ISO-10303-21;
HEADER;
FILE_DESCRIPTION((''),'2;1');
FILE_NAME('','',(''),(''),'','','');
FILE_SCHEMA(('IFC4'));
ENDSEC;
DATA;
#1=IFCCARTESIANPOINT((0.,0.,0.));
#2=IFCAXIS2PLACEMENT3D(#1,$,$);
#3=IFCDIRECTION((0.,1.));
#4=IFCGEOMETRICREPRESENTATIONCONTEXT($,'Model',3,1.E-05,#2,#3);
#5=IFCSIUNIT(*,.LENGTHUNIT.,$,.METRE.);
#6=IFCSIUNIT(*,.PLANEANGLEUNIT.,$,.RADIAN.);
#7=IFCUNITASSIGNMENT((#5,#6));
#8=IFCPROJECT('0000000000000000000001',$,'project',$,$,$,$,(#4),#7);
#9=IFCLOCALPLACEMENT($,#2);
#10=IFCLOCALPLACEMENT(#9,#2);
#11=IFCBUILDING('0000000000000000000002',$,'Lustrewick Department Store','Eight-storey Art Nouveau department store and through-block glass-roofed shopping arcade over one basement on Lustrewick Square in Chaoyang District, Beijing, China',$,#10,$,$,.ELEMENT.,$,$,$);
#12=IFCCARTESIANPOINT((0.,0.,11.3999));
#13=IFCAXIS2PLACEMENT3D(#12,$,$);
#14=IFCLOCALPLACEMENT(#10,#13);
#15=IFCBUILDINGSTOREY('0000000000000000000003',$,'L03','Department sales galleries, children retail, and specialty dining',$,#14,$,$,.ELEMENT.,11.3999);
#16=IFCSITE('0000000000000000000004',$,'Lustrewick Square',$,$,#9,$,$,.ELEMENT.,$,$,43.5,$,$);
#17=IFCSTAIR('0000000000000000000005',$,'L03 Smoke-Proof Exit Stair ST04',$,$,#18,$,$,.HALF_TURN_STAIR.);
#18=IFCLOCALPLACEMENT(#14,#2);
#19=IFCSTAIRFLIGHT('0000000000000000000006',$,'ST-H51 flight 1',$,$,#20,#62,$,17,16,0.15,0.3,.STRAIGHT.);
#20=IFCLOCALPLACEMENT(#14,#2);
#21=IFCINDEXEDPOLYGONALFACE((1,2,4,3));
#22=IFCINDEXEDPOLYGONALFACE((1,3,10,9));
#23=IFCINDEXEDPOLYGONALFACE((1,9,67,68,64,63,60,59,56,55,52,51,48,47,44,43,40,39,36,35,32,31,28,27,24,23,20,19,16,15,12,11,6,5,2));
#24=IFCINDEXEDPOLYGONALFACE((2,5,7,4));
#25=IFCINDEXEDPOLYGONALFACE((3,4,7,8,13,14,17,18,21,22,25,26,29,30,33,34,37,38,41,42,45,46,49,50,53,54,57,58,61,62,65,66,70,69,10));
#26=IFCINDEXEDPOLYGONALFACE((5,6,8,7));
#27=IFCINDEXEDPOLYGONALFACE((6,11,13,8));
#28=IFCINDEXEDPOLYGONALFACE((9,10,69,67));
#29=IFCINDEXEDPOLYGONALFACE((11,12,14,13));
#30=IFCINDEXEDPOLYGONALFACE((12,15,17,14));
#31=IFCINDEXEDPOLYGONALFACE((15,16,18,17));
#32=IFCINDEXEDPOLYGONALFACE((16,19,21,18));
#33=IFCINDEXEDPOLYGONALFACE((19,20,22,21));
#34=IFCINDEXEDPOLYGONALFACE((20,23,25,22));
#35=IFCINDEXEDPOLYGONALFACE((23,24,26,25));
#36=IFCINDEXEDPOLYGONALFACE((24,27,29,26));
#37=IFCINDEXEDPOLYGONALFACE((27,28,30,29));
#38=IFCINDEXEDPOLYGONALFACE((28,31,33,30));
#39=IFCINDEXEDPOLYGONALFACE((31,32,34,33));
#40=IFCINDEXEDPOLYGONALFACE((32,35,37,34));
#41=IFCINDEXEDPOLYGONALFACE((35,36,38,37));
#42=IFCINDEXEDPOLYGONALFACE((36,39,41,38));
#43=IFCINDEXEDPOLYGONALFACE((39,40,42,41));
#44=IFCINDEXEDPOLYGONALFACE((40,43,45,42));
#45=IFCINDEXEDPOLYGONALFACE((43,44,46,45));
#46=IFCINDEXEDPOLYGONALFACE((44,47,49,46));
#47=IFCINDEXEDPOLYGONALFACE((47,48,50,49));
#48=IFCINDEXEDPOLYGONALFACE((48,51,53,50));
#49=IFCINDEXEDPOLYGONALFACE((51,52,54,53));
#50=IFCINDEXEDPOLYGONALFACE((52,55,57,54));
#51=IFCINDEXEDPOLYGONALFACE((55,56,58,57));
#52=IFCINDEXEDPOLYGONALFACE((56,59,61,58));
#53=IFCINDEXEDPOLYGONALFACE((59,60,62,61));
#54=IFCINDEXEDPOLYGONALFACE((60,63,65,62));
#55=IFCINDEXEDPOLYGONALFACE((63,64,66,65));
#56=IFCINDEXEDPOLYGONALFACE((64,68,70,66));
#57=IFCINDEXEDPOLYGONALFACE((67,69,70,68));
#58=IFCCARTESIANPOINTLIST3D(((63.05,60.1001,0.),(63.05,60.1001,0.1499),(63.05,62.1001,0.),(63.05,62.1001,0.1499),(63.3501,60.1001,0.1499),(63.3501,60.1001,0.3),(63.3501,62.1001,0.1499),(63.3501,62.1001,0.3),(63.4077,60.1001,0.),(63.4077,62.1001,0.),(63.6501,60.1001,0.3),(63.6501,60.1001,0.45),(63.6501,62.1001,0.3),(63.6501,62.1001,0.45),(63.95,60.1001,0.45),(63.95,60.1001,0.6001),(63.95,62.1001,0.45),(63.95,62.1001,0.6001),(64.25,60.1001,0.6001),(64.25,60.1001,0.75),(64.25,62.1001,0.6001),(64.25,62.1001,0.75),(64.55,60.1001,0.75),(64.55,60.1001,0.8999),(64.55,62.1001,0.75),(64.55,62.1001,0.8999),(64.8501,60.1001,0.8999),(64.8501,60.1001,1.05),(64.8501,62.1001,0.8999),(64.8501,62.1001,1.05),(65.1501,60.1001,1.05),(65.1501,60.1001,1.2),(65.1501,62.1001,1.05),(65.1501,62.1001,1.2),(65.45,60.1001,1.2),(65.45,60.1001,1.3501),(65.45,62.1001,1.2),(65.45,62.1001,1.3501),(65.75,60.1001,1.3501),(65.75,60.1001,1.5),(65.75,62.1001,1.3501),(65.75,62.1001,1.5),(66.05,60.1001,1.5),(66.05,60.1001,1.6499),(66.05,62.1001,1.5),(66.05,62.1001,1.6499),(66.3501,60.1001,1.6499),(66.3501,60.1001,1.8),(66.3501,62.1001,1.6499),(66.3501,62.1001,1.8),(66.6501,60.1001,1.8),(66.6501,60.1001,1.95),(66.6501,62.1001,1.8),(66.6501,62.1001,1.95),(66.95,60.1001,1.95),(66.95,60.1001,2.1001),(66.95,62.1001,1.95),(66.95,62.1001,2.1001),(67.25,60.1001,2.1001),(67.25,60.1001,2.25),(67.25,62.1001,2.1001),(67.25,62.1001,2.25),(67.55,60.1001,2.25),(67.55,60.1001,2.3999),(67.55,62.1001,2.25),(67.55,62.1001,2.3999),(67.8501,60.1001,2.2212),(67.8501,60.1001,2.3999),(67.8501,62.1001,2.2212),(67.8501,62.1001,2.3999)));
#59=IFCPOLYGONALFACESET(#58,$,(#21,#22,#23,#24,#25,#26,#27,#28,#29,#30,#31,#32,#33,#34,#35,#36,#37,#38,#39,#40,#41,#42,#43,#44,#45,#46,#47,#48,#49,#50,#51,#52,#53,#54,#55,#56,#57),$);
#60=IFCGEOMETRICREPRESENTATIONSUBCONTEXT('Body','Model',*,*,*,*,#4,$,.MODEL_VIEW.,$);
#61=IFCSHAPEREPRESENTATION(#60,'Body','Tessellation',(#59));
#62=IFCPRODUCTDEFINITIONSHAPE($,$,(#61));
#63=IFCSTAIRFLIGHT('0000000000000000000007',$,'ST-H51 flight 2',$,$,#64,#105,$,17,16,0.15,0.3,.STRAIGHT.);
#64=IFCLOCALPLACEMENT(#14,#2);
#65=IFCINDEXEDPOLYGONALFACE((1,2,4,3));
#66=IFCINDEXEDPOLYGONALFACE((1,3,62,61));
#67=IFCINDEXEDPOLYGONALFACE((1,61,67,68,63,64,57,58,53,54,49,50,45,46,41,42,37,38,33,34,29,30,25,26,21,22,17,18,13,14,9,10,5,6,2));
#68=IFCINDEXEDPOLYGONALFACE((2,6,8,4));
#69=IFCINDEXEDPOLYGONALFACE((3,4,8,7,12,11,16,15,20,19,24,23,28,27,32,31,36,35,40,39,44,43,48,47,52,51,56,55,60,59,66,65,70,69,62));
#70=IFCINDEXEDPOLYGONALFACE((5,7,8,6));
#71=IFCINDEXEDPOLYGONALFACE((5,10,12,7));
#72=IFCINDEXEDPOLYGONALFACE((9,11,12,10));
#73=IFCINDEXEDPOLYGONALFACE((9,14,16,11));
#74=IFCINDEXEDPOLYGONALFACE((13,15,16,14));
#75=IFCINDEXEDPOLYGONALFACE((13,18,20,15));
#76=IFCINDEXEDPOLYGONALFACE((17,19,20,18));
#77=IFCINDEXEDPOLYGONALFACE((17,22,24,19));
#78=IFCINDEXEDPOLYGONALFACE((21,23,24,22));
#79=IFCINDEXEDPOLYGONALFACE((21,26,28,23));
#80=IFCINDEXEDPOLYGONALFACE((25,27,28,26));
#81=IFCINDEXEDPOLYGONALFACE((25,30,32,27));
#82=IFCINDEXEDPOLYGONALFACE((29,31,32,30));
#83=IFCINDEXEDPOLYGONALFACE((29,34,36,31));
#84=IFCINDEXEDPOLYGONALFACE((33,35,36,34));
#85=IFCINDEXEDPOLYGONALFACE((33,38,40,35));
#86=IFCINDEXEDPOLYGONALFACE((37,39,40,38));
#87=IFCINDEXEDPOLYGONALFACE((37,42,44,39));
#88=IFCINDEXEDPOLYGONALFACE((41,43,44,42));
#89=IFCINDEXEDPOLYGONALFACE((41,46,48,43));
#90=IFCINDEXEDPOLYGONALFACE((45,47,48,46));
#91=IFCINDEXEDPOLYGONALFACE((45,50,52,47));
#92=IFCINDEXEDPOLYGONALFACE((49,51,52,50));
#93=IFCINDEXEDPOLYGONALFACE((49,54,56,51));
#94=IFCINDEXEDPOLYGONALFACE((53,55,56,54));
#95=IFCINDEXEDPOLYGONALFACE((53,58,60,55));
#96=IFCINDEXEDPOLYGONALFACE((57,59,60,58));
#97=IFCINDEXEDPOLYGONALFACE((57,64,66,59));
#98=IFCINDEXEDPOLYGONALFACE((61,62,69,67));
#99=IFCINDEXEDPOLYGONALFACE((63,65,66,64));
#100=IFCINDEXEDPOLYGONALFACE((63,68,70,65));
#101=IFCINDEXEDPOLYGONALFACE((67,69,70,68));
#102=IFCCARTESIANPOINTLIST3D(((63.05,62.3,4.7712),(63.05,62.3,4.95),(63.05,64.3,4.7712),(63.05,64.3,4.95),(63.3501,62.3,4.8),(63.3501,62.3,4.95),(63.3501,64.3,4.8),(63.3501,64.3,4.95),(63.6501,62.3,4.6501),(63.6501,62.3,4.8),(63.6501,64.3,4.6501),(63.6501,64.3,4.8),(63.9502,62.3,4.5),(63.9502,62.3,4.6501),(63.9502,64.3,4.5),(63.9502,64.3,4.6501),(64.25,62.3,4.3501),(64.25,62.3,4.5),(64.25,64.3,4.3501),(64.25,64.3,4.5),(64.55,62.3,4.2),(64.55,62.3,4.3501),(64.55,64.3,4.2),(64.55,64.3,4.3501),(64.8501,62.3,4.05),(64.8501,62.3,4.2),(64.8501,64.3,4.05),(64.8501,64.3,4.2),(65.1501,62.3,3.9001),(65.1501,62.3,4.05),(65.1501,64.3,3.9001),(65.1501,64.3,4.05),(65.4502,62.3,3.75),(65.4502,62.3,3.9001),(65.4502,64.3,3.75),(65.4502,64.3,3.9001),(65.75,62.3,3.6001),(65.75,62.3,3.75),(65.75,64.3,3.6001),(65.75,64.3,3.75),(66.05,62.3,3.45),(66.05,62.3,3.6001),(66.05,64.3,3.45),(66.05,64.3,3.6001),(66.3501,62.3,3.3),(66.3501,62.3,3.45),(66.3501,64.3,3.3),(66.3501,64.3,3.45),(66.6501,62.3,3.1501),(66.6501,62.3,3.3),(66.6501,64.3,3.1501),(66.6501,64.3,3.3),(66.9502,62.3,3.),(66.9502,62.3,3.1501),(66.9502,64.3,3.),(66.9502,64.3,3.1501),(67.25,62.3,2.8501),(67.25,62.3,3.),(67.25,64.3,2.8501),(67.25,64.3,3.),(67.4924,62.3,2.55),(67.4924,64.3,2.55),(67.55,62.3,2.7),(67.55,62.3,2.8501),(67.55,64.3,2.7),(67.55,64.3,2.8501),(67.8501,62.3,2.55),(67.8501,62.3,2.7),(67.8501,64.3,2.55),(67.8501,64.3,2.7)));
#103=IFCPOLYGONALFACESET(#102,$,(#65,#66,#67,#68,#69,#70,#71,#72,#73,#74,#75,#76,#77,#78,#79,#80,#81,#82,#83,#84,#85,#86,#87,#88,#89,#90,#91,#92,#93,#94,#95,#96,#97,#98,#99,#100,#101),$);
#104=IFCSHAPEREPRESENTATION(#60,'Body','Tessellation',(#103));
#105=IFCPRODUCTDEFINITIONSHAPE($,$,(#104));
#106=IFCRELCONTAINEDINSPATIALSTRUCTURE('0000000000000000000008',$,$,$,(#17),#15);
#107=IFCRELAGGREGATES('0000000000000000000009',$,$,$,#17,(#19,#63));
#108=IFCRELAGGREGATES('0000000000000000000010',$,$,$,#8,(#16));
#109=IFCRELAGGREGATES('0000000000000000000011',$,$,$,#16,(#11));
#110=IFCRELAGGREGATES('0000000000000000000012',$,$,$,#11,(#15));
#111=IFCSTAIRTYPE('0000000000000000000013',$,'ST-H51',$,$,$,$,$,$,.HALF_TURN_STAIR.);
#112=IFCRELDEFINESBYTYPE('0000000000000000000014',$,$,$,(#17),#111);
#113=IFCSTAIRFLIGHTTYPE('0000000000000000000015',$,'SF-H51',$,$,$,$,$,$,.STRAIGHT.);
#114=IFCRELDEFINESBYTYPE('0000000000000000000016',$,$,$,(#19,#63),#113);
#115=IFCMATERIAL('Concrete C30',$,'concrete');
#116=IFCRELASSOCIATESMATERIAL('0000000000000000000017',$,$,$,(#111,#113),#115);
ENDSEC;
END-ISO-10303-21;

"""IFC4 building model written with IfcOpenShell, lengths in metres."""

from ifc_helpers import new_model, si_unit, direction, frame, origin, place, context, subcontext, project, spatial, polyline, outline, extrude, material, type_object, element, aggregate, save


model = new_model("IFC4")

# Units and contexts
model_context = context("Model", 3, precision=1e-05, world=origin(), true_north=direction((0.0, 1.0)))
body_context = subcontext(model_context, "Body", "Model", "MODEL_VIEW")
ifc_project = project(units=[si_unit("LENGTHUNIT", "METRE"), si_unit("PLANEANGLEUNIT", "RADIAN")], contexts=[model_context])

# Site, building, storey
site_placement = place(None, origin())
site = spatial("IfcSite", under=ifc_project, at=site_placement, Name="Lustrewick Square", CompositionType="ELEMENT", RefElevation=43.5)
building_placement = place(site_placement, origin())
building = spatial("IfcBuilding", under=site, at=building_placement, Name="Lustrewick Department Store", Description="Eight-storey Art Nouveau department store and through-block glass-roofed shopping arcade over one basement on Lustrewick Square in Chaoyang District, Beijing, China", CompositionType="ELEMENT")
storey_placement = place(building_placement, frame((0.0, 0.0, 11.3999)))
storey = spatial("IfcBuildingStorey", under=building, at=storey_placement, Name="L03", Description="Department sales galleries, children retail, and specialty dining", CompositionType="ELEMENT", Elevation=11.3999)

# Stair, stair flights
ifc_material_1 = material(Name="Concrete C30", Category="concrete")
stair_type = type_object("IfcStairType", Name="ST-H51", PredefinedType="HALF_TURN_STAIR", material=ifc_material_1)
stair_placement = place(storey_placement, origin())
stair = element("IfcStair", 1, at=stair_placement, inside=storey, type_object=stair_type, Name="L03 Smoke-Proof Exit Stair ST04", PredefinedType="HALF_TURN_STAIR")
stair_flight_type = type_object("IfcStairFlightType", Name="SF-H51", PredefinedType="STRAIGHT", material=ifc_material_1)
stair_flight_1_placement = place(storey_placement, frame((63.05, 61.1001, 0.0), z_axis=(0.0, 0.0, 1.0), x_axis=(1.0, 0.0, 0.0)))
stair_flight_1 = element("IfcStairFlight", 2, at=stair_flight_1_placement, type_object=stair_flight_type, Name="ST-H51 flight 1", NumberOfRisers=17, NumberOfTreads=16, PredefinedType="STRAIGHT", RiserHeight=0.15, TreadLength=0.3, context=body_context, shape_type="SweptSolid", body=[
    extrude(outline(polyline([(0.0, 0.0), (0.0, 0.1499), (0.3, 0.1499), (0.3, 0.3), (0.6001, 0.3), (0.6001, 0.45), (0.8999, 0.45), (0.8999, 0.6001), (1.2, 0.6001), (1.2, 0.75), (1.5, 0.75), (1.5, 0.8999), (1.8, 0.8999), (1.8, 1.05), (2.1001, 1.05), (2.1001, 1.2), (2.3999, 1.2), (2.3999, 1.3501), (2.7, 1.3501), (2.7, 1.5), (3.0, 1.5), (3.0, 1.6499), (3.3, 1.6499), (3.3, 1.8), (3.6001, 1.8), (3.6001, 1.95), (3.8999, 1.95), (3.8999, 2.1001), (4.2, 2.1001), (4.2, 2.25), (4.5, 2.25), (4.5, 2.3999), (4.8, 2.3999), (4.8, 2.55), (4.8, 2.2212), (0.3577, 0.0), (0.0, 0.0)])), frame((0.0, 1.0, 0.0), z_axis=(0.0, -1.0, 0.0), x_axis=(1.0, 0.0, 0.0)), (0.0, 0.0, 1.0), 2.0),
])
stair_flight_2_placement = place(storey_placement, frame((67.8501, 63.3, 2.55), z_axis=(0.0, 0.0, 1.0), x_axis=(-1.0, 0.0, 0.0)))
stair_flight_2 = element("IfcStairFlight", 3, at=stair_flight_2_placement, type_object=stair_flight_type, Name="ST-H51 flight 2", NumberOfRisers=17, NumberOfTreads=16, PredefinedType="STRAIGHT", RiserHeight=0.15, TreadLength=0.3, context=body_context, shape_type="SweptSolid", body=[
    extrude(outline(polyline([(0.0, 0.0), (0.0, 0.1499), (0.3, 0.1499), (0.3, 0.3), (0.6001, 0.3), (0.6001, 0.45), (0.8999, 0.45), (0.8999, 0.6001), (1.2, 0.6001), (1.2, 0.75), (1.5, 0.75), (1.5, 0.8999), (1.8, 0.8999), (1.8, 1.05), (2.1001, 1.05), (2.1001, 1.2), (2.3999, 1.2), (2.3999, 1.3501), (2.7, 1.3501), (2.7, 1.5), (3.0, 1.5), (3.0, 1.6499), (3.3, 1.6499), (3.3, 1.8), (3.6001, 1.8), (3.6001, 1.95), (3.8999, 1.95), (3.8999, 2.1001), (4.2, 2.1001), (4.2, 2.25), (4.5, 2.25), (4.5, 2.3999), (4.8, 2.3999), (4.8, 2.55), (4.8, 2.2212), (0.3577, 0.0), (0.0, 0.0)])), frame((0.0, 1.0, 0.0), z_axis=(0.0, -1.0, 0.0), x_axis=(1.0, 0.0, 0.0)), (0.0, 0.0, 1.0), 2.0),
])
aggregate(stair, [stair_flight_1, stair_flight_2])

save(model, "model.ifc")
